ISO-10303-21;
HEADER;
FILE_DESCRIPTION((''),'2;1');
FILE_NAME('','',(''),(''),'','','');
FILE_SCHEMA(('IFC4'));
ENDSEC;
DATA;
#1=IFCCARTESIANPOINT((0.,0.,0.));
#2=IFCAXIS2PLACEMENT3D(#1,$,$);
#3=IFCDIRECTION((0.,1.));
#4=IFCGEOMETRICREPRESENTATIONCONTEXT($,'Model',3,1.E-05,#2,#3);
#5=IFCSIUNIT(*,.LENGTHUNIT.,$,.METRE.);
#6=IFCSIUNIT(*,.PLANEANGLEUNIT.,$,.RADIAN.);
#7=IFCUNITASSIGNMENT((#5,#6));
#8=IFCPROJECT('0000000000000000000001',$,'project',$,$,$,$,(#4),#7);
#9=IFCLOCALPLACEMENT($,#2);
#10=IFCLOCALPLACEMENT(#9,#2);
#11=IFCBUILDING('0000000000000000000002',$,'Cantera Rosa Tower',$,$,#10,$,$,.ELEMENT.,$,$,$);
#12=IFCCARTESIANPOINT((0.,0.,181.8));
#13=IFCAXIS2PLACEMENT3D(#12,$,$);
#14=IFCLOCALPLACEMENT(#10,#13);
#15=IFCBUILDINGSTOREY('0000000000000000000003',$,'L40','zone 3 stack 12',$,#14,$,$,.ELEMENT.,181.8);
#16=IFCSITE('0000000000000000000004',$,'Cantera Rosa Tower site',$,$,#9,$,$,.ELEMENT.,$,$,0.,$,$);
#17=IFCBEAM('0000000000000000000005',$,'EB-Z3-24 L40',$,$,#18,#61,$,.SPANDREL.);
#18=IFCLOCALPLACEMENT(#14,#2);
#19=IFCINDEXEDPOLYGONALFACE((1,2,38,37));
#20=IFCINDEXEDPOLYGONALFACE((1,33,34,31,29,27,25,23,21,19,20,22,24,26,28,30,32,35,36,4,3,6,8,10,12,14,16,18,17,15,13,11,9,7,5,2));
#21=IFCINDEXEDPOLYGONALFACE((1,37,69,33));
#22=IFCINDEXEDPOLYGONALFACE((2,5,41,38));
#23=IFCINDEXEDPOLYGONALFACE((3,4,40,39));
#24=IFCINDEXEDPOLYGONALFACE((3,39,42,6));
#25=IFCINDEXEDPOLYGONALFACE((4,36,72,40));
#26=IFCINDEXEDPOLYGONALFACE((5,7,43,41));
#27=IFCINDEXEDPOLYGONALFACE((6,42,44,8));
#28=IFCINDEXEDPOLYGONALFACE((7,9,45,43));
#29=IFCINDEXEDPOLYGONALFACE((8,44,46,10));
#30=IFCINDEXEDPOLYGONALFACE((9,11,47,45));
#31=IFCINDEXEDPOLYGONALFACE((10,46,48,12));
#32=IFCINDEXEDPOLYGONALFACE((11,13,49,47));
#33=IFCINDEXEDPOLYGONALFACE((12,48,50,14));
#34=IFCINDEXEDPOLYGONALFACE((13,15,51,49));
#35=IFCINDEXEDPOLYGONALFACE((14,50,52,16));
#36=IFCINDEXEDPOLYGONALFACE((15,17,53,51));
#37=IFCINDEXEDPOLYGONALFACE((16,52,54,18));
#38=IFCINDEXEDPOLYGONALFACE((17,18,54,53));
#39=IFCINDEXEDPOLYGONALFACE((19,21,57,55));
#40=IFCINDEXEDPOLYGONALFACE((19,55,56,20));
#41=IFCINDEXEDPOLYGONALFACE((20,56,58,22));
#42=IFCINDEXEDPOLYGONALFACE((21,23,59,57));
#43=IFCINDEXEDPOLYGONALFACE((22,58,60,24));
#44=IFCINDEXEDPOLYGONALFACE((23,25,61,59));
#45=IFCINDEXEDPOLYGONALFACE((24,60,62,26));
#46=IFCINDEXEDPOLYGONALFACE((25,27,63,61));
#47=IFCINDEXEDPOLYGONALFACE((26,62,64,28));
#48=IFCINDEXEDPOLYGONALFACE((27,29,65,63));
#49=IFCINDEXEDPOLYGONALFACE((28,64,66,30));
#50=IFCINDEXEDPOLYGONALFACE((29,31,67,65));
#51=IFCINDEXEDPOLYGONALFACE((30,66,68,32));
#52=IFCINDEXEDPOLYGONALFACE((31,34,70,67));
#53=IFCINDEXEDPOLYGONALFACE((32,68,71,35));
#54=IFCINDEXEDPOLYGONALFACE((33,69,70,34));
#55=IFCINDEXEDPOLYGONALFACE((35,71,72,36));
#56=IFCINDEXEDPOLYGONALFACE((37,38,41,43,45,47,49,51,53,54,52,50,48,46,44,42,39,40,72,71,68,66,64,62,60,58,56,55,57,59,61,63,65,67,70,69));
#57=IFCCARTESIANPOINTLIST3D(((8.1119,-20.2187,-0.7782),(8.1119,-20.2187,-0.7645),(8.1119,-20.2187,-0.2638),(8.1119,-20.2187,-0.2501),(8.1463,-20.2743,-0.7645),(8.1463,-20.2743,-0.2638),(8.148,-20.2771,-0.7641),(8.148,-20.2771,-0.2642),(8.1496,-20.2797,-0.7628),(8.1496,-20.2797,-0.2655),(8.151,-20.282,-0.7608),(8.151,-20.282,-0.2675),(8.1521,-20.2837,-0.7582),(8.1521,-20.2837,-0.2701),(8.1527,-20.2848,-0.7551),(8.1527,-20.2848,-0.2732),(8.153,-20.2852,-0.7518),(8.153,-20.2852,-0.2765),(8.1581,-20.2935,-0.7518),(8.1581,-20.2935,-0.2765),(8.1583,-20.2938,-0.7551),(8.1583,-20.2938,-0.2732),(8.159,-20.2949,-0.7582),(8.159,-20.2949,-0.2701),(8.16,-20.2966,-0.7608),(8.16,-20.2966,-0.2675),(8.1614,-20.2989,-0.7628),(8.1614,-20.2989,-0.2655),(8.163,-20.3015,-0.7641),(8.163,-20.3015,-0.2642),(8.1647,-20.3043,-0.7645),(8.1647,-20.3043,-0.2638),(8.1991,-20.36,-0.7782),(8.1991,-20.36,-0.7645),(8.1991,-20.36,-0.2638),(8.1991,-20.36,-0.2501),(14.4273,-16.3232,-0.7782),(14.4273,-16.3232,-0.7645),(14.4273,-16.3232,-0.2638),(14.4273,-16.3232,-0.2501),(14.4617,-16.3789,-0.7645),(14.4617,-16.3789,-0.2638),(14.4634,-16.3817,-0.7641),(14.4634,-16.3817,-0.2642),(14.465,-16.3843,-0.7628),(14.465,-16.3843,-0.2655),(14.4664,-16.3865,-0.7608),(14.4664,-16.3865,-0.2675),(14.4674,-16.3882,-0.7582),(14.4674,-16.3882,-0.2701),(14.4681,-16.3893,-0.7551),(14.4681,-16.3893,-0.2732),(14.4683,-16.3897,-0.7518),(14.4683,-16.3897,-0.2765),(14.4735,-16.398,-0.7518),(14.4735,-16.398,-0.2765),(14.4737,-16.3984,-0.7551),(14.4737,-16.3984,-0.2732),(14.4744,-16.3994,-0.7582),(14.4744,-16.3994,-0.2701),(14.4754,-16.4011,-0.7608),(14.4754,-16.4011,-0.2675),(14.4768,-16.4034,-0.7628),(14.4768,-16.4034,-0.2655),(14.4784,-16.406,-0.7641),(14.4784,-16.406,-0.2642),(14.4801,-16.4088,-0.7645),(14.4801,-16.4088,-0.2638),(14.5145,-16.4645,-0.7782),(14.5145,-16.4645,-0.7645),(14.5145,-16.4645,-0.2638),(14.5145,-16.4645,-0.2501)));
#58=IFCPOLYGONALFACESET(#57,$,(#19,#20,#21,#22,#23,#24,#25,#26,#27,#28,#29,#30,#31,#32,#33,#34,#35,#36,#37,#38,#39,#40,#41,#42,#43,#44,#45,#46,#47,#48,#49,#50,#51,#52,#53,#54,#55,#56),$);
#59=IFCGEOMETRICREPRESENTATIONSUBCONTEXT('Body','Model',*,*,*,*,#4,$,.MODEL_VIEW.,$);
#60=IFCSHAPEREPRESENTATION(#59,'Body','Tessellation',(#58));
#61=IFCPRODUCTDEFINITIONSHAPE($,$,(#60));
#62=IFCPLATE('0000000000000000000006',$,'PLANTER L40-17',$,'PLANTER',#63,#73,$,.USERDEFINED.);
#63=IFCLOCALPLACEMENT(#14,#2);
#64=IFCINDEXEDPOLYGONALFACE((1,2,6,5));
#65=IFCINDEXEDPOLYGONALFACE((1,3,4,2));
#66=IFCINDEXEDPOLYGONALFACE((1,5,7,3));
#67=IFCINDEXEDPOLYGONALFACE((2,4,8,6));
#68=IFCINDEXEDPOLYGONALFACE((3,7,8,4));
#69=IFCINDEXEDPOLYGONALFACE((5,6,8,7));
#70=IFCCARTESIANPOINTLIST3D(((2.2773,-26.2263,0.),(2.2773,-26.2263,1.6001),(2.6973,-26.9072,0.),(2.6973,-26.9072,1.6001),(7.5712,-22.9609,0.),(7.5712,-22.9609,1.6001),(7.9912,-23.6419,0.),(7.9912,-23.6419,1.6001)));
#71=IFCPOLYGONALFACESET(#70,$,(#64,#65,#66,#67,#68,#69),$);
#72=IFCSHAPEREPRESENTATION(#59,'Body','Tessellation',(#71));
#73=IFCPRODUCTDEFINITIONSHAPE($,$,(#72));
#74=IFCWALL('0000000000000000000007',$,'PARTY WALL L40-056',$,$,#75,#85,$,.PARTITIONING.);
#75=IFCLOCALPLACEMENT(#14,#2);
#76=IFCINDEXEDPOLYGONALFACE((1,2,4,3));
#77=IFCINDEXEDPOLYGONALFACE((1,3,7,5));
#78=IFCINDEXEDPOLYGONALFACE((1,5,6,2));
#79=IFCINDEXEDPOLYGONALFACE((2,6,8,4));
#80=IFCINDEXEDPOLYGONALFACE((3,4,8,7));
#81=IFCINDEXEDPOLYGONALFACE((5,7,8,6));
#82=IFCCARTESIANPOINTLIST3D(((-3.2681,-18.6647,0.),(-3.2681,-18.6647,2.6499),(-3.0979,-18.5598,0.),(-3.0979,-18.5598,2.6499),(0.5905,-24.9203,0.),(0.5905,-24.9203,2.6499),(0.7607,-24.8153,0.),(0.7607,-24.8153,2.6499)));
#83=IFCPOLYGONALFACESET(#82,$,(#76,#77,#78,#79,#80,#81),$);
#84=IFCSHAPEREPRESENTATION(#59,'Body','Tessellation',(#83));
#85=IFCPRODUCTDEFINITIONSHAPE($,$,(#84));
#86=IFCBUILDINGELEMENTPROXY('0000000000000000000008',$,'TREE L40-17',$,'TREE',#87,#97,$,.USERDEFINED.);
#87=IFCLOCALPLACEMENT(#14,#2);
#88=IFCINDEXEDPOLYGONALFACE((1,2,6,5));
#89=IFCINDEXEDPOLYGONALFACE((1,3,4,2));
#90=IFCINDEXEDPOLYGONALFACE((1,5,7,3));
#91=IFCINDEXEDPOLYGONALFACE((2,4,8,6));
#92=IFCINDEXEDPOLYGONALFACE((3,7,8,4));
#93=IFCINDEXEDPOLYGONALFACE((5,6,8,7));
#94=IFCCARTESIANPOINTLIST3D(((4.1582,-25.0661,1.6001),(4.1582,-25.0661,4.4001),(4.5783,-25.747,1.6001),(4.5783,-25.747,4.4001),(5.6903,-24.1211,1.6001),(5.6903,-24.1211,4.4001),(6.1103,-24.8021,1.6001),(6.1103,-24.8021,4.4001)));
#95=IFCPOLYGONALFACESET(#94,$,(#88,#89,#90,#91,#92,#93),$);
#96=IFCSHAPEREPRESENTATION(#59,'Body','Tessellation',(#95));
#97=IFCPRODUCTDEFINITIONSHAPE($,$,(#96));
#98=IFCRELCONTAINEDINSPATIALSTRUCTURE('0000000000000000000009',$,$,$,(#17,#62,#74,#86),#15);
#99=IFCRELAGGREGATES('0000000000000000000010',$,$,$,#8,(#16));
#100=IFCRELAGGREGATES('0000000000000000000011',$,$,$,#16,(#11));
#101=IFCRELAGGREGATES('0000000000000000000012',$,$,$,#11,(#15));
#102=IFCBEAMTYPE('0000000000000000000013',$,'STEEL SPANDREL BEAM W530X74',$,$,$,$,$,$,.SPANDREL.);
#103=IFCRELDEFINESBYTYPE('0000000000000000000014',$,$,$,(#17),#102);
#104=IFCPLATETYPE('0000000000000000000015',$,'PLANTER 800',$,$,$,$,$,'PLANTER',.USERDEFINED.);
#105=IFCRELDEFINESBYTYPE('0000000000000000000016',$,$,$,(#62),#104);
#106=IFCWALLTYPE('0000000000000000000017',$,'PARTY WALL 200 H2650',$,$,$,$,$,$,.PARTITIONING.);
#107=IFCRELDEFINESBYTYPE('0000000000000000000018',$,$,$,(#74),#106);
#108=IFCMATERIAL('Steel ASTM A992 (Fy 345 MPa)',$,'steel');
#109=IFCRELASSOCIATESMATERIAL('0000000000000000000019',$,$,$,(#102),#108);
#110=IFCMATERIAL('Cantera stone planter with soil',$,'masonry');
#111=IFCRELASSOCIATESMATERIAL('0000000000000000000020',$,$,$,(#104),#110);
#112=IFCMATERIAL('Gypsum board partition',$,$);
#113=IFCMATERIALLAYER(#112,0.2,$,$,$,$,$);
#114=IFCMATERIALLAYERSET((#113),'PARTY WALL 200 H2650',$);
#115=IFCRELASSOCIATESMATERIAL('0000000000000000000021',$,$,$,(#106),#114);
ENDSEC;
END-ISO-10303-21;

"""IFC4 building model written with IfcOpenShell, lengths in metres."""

from ifc_helpers import new_model, si_unit, direction, frame, frame_2d, origin, origin_2d, place, context, subcontext, project, spatial, rectangle, i_section, extrude, material, layer, layer_set, material_profile, profile_set, type_object, element, save


model = new_model("IFC4")

# Units and contexts
model_context = context("Model", 3, precision=1e-05, world=origin(), true_north=direction((0.0, 1.0)))
body_context = subcontext(model_context, "Body", "Model", "MODEL_VIEW")
ifc_project = project(units=[si_unit("LENGTHUNIT", "METRE"), si_unit("PLANEANGLEUNIT", "RADIAN")], contexts=[model_context])

# Site, building, storey
site_placement = place(None, origin())
site = spatial("IfcSite", under=ifc_project, at=site_placement, Name="Cantera Rosa Tower site", CompositionType="ELEMENT", RefElevation=0.0)
building_placement = place(site_placement, origin())
building = spatial("IfcBuilding", under=site, at=building_placement, Name="Cantera Rosa Tower", CompositionType="ELEMENT")
storey_placement = place(building_placement, frame((0.0, 0.0, 181.8)))
storey = spatial("IfcBuildingStorey", under=building, at=storey_placement, Name="L40", Description="zone 3 stack 12", CompositionType="ELEMENT", Elevation=181.8)

# Beam
ifc_material_1 = material(Name="Steel ASTM A992 (Fy 345 MPa)", Category="steel")
ifc_material_profile_1 = material_profile(ifc_material_1, i_section(OverallWidth=0.166, OverallDepth=0.5281, WebThickness=0.0098, FlangeThickness=0.0137, FilletRadius=0.0127, at=origin_2d()), Name="W530X74")
ifc_profile_set_1 = profile_set([ifc_material_profile_1], Name="Steel ASTM A992 (Fy 345 MPa)")
beam_type_1 = type_object("IfcBeamType", Name="STEEL SPANDREL BEAM W530X74", PredefinedType="SPANDREL", material=ifc_profile_set_1)
for number, where, z_axis, x_axis, name in (
    (1, (8.1555, -20.2893, -0.5142), (0.851111, 0.524986, 0.0), (-0.524986, 0.851111, 0.0), "EB-Z3-24 L40"),
):
    element("IfcBeam", number, at=place(storey_placement, frame(where, z_axis=z_axis, x_axis=x_axis)), inside=storey, type_object=beam_type_1, Name=name, PredefinedType="SPANDREL", context=body_context, shape_type="SweptSolid", body=[
        extrude(i_section(OverallWidth=0.166, OverallDepth=0.5281, WebThickness=0.0098, FlangeThickness=0.0137, FilletRadius=0.0127, at=origin_2d()), origin(), (0.0, 0.0, 1.0), 7.4202),
    ])

# Plate
ifc_material_2 = material(Name="Cantera stone planter with soil", Category="masonry")
plate_type = type_object("IfcPlateType", Name="PLANTER 800", ElementType="PLANTER", PredefinedType="USERDEFINED", material=ifc_material_2)
plate_placement = place(storey_placement, frame((5.1343, -24.9341, 0.0), z_axis=(0.0, 0.0, 1.0), x_axis=(0.851117, 0.524977, 0.0)))
element("IfcPlate", 2, at=plate_placement, inside=storey, type_object=plate_type, Name="PLANTER L40-17", ObjectType="PLANTER", PredefinedType="USERDEFINED", context=body_context, shape_type="SweptSolid", body=[
    extrude(rectangle(XDim=6.22, YDim=0.8, at=origin_2d()), origin(), (0.0, 0.0, 1.0), 1.6001),
])

# Wall
ifc_material_3 = material(Name="Gypsum board partition")
ifc_layer_1 = layer(ifc_material_3, 0.2)
ifc_layer_set_1 = layer_set([ifc_layer_1], Name="PARTY WALL 200 H2650")
wall_type_1 = type_object("IfcWallType", Name="PARTY WALL 200 H2650", PredefinedType="PARTITIONING", material=ifc_layer_set_1)
wall_1_placement = place(storey_placement, frame((0.6755, -24.8677, 0.0), z_axis=(0.0, 0.0, 1.0), x_axis=(-0.524989, 0.851109, 0.0)))
element("IfcWall", 3, at=wall_1_placement, inside=storey, type_object=wall_type_1, Name="PARTY WALL L40-056", PredefinedType="PARTITIONING", context=body_context, shape_type="SweptSolid", body=[
    extrude(rectangle(XDim=7.3499, YDim=0.2, at=frame_2d((3.6748, 0.0))), origin(), (0.0, 0.0, 1.0), 2.6499),
])

# Building element proxy
proxy_placement = place(storey_placement, frame((5.1343, -24.9341, 1.6001), z_axis=(0.0, 0.0, 1.0), x_axis=(0.851117, 0.524977, 0.0)))
element("IfcBuildingElementProxy", 4, at=proxy_placement, inside=storey, Name="TREE L40-17", ObjectType="TREE", PredefinedType="USERDEFINED", context=body_context, shape_type="SweptSolid", body=[
    extrude(rectangle(XDim=1.8, YDim=0.8, at=origin_2d()), origin(), (0.0, 0.0, 1.0), 2.8),
])

save(model, "model.ifc")
